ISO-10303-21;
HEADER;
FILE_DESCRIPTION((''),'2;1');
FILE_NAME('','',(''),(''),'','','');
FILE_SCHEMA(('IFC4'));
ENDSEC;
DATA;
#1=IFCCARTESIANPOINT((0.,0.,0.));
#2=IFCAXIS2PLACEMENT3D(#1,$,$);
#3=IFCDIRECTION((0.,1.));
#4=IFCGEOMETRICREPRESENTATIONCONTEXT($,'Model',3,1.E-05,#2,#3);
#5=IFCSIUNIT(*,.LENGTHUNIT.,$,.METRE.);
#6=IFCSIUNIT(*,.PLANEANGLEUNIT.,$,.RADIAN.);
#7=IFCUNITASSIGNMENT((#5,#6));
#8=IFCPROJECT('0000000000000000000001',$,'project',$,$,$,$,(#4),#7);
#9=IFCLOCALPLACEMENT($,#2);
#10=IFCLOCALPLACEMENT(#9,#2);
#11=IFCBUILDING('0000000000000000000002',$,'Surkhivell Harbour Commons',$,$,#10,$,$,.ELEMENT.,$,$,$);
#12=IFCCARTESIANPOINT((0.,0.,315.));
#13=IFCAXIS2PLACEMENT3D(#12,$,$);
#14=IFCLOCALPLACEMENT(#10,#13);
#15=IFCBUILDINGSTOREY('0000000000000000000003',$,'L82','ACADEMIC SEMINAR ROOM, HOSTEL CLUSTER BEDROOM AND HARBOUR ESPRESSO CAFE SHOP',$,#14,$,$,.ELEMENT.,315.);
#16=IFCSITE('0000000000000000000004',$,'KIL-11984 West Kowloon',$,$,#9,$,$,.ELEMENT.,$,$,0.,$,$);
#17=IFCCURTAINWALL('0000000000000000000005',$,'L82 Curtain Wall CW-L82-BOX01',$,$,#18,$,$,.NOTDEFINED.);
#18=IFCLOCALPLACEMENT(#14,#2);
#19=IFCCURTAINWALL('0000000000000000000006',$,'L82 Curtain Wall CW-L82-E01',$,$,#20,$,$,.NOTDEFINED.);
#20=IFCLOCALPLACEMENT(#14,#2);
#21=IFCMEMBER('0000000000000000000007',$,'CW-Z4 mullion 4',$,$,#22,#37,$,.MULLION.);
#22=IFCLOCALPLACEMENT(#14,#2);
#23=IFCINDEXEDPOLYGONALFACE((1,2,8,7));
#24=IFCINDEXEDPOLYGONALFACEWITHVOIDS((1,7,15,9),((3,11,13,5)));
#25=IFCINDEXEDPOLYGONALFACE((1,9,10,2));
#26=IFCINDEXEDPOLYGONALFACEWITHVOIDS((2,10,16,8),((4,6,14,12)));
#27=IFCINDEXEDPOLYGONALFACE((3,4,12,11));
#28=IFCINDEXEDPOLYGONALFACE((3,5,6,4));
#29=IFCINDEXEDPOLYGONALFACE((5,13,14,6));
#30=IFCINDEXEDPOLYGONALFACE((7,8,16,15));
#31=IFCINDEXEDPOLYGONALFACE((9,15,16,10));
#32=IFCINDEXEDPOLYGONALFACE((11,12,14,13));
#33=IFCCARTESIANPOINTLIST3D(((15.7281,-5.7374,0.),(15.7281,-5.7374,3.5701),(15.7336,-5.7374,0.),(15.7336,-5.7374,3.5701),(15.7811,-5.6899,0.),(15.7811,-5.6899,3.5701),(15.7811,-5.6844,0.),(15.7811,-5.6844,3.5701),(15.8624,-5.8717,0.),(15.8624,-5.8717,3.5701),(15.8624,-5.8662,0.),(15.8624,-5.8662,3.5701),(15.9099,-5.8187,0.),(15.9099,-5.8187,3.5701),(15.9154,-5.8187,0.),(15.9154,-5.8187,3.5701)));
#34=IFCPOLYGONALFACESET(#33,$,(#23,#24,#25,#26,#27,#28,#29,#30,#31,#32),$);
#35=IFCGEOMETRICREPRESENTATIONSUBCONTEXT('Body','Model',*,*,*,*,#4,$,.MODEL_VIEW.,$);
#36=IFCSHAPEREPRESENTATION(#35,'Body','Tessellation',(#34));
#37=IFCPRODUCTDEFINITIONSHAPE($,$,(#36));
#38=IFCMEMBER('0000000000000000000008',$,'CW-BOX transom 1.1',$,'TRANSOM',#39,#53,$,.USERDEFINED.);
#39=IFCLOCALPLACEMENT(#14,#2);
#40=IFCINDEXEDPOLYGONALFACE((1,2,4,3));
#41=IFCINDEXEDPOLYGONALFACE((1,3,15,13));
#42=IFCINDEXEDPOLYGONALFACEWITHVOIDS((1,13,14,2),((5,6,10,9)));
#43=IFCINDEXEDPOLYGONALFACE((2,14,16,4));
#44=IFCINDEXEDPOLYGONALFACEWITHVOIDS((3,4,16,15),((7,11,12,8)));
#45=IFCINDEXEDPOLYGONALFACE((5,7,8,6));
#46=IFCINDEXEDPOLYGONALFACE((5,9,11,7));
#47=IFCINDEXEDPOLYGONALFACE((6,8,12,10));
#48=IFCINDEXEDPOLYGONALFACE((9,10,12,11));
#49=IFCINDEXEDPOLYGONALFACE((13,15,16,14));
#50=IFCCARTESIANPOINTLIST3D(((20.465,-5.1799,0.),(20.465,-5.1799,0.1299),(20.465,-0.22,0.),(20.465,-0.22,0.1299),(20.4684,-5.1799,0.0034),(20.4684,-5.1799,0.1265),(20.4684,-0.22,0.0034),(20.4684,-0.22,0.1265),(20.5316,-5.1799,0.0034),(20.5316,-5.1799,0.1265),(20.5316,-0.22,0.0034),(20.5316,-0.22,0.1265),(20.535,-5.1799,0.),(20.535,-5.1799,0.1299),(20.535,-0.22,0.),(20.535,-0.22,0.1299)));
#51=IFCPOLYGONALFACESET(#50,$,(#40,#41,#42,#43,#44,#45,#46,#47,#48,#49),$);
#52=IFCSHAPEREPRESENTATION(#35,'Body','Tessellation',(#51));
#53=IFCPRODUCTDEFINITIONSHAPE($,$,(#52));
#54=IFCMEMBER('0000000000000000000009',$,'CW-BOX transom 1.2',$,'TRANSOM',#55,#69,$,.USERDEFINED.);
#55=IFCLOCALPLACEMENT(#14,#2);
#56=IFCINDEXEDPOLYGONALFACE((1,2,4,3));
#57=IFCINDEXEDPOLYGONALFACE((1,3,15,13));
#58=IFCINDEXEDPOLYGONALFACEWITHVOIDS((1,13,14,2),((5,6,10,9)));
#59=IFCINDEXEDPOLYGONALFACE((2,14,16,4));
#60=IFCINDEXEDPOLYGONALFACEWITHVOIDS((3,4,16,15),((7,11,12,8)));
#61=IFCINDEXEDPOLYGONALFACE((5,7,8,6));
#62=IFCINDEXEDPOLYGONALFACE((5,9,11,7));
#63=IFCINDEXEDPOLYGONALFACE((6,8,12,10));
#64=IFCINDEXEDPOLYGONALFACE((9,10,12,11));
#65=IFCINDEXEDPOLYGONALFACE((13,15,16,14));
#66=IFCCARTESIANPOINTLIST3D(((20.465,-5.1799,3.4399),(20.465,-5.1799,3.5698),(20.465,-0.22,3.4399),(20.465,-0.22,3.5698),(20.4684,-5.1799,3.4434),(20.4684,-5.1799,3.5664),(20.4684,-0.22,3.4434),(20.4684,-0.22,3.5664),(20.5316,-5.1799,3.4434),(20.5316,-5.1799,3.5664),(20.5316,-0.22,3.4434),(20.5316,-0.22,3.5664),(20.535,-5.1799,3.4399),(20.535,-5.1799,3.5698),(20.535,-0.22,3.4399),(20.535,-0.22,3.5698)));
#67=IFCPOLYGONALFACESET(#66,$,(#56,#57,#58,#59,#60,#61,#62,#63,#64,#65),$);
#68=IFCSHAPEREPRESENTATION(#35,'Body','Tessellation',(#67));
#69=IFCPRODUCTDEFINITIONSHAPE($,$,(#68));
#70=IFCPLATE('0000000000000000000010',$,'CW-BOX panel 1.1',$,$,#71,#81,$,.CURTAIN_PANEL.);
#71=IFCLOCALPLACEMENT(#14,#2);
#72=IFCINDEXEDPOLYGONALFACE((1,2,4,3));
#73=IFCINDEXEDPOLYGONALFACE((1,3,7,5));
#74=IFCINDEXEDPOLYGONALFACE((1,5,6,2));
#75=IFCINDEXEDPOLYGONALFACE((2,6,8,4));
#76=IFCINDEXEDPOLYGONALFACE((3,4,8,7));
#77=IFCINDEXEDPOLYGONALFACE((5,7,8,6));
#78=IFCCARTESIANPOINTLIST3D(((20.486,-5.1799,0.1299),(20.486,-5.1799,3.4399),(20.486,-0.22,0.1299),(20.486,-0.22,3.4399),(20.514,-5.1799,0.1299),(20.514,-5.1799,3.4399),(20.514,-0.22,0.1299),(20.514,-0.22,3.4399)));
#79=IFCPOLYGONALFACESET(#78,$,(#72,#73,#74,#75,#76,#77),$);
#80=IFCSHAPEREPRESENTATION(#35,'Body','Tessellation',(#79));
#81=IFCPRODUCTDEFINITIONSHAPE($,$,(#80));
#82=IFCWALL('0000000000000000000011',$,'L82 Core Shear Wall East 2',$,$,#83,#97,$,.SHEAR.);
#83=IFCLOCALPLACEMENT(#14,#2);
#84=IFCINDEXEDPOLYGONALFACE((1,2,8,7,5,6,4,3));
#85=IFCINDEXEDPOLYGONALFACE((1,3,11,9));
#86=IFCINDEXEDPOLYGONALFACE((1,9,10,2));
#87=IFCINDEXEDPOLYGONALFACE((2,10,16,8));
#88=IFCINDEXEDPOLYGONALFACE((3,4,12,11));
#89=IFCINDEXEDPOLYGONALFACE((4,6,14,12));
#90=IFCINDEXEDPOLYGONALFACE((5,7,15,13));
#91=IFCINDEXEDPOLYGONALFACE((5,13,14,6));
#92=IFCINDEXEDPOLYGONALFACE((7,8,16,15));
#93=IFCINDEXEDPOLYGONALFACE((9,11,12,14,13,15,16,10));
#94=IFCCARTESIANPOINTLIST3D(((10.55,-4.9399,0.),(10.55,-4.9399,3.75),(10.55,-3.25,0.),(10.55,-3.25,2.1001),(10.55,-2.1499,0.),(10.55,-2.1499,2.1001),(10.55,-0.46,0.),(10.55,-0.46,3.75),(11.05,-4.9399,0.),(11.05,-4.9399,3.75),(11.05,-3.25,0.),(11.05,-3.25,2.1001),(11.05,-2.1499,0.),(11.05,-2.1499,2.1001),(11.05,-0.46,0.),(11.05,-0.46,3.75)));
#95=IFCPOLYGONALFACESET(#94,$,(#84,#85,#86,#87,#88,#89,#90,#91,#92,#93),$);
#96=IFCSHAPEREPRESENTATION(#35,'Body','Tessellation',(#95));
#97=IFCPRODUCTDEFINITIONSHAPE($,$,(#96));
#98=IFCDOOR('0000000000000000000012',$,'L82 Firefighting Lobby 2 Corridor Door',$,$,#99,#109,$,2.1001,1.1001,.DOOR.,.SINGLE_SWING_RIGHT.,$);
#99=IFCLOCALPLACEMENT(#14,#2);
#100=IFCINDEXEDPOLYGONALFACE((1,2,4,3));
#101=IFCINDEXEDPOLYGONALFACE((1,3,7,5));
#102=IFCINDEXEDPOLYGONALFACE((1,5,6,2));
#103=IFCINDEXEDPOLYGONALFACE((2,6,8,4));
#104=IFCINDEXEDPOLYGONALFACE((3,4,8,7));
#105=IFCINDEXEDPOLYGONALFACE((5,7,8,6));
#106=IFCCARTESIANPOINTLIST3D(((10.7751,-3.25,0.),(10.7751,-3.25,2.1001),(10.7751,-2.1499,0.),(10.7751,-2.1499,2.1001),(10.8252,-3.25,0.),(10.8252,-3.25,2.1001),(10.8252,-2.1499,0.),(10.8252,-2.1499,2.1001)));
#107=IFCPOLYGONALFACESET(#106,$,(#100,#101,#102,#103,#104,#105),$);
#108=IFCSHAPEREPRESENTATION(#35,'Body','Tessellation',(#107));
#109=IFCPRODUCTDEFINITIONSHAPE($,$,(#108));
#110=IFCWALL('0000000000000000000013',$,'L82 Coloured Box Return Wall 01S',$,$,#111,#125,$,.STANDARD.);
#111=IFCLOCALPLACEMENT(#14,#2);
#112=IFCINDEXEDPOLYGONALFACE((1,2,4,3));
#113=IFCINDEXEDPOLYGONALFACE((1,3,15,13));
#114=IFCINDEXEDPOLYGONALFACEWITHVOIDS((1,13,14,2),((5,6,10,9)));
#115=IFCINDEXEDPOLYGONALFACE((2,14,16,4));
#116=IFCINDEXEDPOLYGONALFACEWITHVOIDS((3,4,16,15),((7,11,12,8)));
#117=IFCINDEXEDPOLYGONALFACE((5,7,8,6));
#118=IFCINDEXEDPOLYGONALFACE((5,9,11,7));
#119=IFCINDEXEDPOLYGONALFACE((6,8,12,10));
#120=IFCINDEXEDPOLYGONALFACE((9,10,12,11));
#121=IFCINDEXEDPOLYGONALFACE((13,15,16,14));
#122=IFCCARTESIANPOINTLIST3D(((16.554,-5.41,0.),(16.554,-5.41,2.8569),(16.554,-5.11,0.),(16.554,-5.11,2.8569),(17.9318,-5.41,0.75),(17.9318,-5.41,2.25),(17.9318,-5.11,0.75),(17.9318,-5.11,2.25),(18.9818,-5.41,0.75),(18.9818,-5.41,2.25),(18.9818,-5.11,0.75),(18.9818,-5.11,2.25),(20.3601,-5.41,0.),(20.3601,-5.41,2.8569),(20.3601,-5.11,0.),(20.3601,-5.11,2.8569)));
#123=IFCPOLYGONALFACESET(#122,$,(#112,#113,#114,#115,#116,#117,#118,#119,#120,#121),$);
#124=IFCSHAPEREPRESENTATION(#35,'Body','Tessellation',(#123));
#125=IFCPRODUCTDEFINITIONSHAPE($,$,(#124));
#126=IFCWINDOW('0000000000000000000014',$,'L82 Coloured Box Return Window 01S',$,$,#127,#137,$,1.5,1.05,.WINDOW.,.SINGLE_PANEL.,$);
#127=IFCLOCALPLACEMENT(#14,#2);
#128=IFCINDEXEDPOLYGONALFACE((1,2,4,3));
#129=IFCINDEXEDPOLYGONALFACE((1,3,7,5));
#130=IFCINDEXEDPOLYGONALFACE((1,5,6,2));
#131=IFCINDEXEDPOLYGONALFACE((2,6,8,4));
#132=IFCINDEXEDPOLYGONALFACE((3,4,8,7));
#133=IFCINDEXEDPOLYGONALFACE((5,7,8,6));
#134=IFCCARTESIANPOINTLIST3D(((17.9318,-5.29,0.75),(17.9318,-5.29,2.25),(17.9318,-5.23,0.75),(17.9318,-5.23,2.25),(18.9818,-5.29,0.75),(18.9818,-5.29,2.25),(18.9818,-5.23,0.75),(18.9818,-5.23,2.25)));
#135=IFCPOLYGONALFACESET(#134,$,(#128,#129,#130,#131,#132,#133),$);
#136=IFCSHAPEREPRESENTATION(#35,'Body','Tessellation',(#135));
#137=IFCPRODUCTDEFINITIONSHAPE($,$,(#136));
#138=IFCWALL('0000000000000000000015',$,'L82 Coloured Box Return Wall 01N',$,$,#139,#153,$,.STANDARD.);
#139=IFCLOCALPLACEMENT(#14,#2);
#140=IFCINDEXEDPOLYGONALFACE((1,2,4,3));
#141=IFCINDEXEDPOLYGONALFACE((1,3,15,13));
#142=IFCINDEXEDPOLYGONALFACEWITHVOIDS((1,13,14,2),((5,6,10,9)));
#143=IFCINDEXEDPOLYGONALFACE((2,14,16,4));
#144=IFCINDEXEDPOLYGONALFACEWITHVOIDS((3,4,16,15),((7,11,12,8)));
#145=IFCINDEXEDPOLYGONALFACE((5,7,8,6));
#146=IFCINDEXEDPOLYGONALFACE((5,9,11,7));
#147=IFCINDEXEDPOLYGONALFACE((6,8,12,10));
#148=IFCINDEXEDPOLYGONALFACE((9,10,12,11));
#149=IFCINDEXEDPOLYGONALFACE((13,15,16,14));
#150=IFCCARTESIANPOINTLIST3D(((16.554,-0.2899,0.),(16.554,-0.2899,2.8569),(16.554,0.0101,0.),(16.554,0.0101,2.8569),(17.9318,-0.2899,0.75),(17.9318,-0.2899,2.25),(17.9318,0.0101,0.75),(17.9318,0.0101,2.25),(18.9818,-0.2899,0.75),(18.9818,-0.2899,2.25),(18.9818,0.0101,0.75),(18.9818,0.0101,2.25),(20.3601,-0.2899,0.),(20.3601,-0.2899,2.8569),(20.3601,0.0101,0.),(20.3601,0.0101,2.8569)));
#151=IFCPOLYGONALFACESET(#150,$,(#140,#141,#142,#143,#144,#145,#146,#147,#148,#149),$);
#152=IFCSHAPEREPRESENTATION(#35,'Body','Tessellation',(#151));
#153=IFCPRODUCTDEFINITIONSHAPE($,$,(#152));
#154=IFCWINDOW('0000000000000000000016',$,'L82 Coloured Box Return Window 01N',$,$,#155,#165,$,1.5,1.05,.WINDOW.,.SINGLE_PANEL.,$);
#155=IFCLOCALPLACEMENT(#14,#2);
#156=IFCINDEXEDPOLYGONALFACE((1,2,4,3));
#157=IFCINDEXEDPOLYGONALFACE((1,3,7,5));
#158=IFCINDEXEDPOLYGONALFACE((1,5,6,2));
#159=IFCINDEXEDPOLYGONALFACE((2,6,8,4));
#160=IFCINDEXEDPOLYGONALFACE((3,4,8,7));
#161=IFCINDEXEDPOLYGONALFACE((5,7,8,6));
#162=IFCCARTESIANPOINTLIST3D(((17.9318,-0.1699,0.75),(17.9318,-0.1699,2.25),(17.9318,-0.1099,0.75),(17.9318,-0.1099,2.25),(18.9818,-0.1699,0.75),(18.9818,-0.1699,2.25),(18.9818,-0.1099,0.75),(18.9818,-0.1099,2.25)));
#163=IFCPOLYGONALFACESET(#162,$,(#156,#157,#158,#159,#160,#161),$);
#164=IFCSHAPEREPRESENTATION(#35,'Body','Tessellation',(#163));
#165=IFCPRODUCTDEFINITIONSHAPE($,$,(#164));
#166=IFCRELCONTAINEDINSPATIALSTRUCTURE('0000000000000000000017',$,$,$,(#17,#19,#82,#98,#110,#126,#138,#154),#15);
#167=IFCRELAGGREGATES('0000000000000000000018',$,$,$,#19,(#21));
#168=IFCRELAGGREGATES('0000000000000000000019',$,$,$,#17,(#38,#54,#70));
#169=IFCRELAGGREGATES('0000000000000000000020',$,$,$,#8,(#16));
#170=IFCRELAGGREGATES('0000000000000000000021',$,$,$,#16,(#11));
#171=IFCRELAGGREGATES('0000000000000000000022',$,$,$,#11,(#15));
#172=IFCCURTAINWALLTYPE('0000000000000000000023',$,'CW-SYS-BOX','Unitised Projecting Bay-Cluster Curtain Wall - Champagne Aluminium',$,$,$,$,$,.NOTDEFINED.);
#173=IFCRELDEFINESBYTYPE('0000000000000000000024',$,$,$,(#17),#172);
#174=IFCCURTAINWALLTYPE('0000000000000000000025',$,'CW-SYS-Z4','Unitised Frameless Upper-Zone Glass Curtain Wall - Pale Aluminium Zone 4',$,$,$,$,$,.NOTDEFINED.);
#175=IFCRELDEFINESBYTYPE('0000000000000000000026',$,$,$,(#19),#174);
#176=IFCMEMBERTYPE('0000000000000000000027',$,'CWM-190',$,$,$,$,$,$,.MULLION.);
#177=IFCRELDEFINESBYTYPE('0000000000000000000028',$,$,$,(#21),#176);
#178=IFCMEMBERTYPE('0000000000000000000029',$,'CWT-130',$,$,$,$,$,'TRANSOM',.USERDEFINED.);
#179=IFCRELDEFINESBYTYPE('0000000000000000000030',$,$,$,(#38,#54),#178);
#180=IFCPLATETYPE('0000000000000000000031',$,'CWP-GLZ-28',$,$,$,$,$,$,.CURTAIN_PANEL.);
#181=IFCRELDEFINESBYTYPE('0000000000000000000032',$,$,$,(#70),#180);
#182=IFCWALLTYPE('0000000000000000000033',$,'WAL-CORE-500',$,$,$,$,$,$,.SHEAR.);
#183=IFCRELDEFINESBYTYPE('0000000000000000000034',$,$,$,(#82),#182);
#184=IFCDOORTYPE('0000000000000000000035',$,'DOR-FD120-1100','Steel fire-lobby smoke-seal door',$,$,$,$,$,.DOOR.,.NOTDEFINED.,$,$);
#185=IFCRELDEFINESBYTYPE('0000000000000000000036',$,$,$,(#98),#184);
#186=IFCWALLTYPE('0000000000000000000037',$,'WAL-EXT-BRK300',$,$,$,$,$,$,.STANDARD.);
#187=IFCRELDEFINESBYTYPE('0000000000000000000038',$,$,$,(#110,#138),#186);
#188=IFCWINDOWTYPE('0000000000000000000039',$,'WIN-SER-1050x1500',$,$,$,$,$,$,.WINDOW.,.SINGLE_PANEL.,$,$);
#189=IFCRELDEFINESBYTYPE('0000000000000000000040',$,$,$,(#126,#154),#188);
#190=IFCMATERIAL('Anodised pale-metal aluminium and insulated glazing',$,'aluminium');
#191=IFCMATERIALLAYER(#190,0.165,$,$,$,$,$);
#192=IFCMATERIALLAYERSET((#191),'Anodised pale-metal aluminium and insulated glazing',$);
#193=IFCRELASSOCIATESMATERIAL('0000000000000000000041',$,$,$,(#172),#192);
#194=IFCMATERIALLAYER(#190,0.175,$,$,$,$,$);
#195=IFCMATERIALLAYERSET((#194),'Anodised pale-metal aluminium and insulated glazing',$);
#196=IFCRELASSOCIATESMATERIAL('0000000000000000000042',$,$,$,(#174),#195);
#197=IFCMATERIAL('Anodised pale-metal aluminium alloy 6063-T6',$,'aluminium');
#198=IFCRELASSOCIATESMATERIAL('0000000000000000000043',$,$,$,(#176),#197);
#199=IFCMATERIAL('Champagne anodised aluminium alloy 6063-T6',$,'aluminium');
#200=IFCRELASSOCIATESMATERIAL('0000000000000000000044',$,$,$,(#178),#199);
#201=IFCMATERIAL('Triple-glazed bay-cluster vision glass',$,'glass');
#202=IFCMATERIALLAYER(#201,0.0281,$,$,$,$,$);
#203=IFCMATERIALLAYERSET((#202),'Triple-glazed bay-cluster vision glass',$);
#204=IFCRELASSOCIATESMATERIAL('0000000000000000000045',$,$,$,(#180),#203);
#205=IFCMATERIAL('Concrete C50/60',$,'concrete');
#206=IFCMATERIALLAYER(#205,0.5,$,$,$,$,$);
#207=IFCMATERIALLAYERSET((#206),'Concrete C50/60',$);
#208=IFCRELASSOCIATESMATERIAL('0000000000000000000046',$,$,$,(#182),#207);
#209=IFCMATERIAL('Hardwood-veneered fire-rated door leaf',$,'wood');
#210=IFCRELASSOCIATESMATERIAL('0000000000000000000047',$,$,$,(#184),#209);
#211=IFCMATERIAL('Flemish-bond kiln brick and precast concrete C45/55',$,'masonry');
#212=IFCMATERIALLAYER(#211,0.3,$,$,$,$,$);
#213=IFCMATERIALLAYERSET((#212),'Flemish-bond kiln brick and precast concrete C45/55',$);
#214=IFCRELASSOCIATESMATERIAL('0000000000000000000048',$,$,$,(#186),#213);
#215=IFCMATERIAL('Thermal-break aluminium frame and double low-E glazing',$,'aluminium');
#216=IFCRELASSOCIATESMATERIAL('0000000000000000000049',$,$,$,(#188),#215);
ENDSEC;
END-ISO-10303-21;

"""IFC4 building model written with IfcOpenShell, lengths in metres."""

from ifc_helpers import new_model, si_unit, direction, frame, frame_2d, origin, origin_2d, place, context, subcontext, project, spatial, rectangle, hollow_rectangle, extrude, material, layer, layer_set, material_profile, profile_set, type_object, element, fill, aggregate, save


model = new_model("IFC4")

# Units and contexts
model_context = context("Model", 3, precision=1e-05, world=origin(), true_north=direction((0.0, 1.0)))
body_context = subcontext(model_context, "Body", "Model", "MODEL_VIEW")
ifc_project = project(units=[si_unit("LENGTHUNIT", "METRE"), si_unit("PLANEANGLEUNIT", "RADIAN")], contexts=[model_context])

# Site, building, storey
site_placement = place(None, origin())
site = spatial("IfcSite", under=ifc_project, at=site_placement, Name="KIL-11984 West Kowloon", CompositionType="ELEMENT", RefElevation=0.0)
building_placement = place(site_placement, origin())
building = spatial("IfcBuilding", under=site, at=building_placement, Name="Surkhivell Harbour Commons", CompositionType="ELEMENT")
storey_placement = place(building_placement, frame((0.0, 0.0, 315.0)))
storey = spatial("IfcBuildingStorey", under=building, at=storey_placement, Name="L82", Description="ACADEMIC SEMINAR ROOM, HOSTEL CLUSTER BEDROOM AND HARBOUR ESPRESSO CAFE SHOP", CompositionType="ELEMENT", Elevation=315.0)

# Shared definitions
ifc_material_1 = material(Name="Concrete C50/60", Category="concrete")

# Curtain wall
ifc_material_2 = material(Name="Anodised pale-metal aluminium and insulated glazing", Category="aluminium")
ifc_layer_1 = layer(ifc_material_2, 0.165)
ifc_layer_set_1 = layer_set([ifc_layer_1], Name="Anodised pale-metal aluminium and insulated glazing")
curtain_wall_type_1 = type_object("IfcCurtainWallType", Name="CW-SYS-BOX", Description="Unitised Projecting Bay-Cluster Curtain Wall - Champagne Aluminium", PredefinedType="NOTDEFINED", material=ifc_layer_set_1)
curtain_wall_1_placement = place(storey_placement, origin())
curtain_wall_1 = element("IfcCurtainWall", 1, at=curtain_wall_1_placement, inside=storey, type_object=curtain_wall_type_1, Name="L82 Curtain Wall CW-L82-BOX01", PredefinedType="NOTDEFINED")
ifc_material_3 = material(Name="Champagne anodised aluminium alloy 6063-T6", Category="aluminium")

# Curtain wall, member
ifc_layer_2 = layer(ifc_material_2, 0.175)
ifc_layer_set_2 = layer_set([ifc_layer_2], Name="Anodised pale-metal aluminium and insulated glazing")
curtain_wall_type_2 = type_object("IfcCurtainWallType", Name="CW-SYS-Z4", Description="Unitised Frameless Upper-Zone Glass Curtain Wall - Pale Aluminium Zone 4", PredefinedType="NOTDEFINED", material=ifc_layer_set_2)
curtain_wall_2_placement = place(storey_placement, origin())
curtain_wall_2 = element("IfcCurtainWall", 2, at=curtain_wall_2_placement, inside=storey, type_object=curtain_wall_type_2, Name="L82 Curtain Wall CW-L82-E01", PredefinedType="NOTDEFINED")
ifc_material_4 = material(Name="Anodised pale-metal aluminium alloy 6063-T6", Category="aluminium")
ifc_material_profile_1 = material_profile(ifc_material_4, hollow_rectangle(XDim=0.075, YDim=0.1899, WallThickness=0.0039, at=origin_2d()), Name="ALU-MULL-75x190")
ifc_profile_set_1 = profile_set([ifc_material_profile_1], Name="Anodised pale-metal aluminium alloy 6063-T6")
member_type_1 = type_object("IfcMemberType", Name="CWM-190", PredefinedType="MULLION", material=ifc_profile_set_1)
member_1_placement = place(storey_placement, frame((15.8218, -5.7781, 0.0), z_axis=(0.0, 0.0, 1.0), x_axis=(0.707107, 0.707107, 0.0)))
member_1 = element("IfcMember", 3, at=member_1_placement, type_object=member_type_1, Name="CW-Z4 mullion 4", PredefinedType="MULLION", context=body_context, shape_type="SweptSolid", body=[
    extrude(hollow_rectangle(XDim=0.075, YDim=0.1899, WallThickness=0.0039, at=origin_2d()), origin(), (0.0, 0.0, 1.0), 3.5701),
])
aggregate(curtain_wall_2, [member_1])

# Members
ifc_material_profile_2 = material_profile(ifc_material_3, hollow_rectangle(XDim=0.0701, YDim=0.1299, WallThickness=0.0034, at=origin_2d()), Name="ALU-TRAN-70x130")
ifc_profile_set_2 = profile_set([ifc_material_profile_2], Name="Champagne anodised aluminium alloy 6063-T6")
member_type_2 = type_object("IfcMemberType", Name="CWT-130", ElementType="TRANSOM", PredefinedType="USERDEFINED", material=ifc_profile_set_2)
member_2_placement = place(storey_placement, frame((20.5, -5.1799, 0.0649), z_axis=(0.0, 1.0, 0.0), x_axis=(-1.0, 0.0, 0.0)))
member_2 = element("IfcMember", 4, at=member_2_placement, type_object=member_type_2, Name="CW-BOX transom 1.1", ObjectType="TRANSOM", PredefinedType="USERDEFINED", context=body_context, shape_type="SweptSolid", body=[
    extrude(hollow_rectangle(XDim=0.0701, YDim=0.1299, WallThickness=0.0034, at=origin_2d()), origin(), (0.0, 0.0, 1.0), 4.96),
])
member_3_placement = place(storey_placement, frame((20.5, -5.1799, 3.5049), z_axis=(0.0, 1.0, 0.0), x_axis=(-1.0, 0.0, 0.0)))
member_3 = element("IfcMember", 5, at=member_3_placement, type_object=member_type_2, Name="CW-BOX transom 1.2", ObjectType="TRANSOM", PredefinedType="USERDEFINED", context=body_context, shape_type="SweptSolid", body=[
    extrude(hollow_rectangle(XDim=0.0701, YDim=0.1299, WallThickness=0.0034, at=origin_2d()), origin(), (0.0, 0.0, 1.0), 4.96),
])

# Plate
ifc_material_5 = material(Name="Triple-glazed bay-cluster vision glass", Category="glass")
ifc_layer_3 = layer(ifc_material_5, 0.0281)
ifc_layer_set_3 = layer_set([ifc_layer_3], Name="Triple-glazed bay-cluster vision glass")
plate_type = type_object("IfcPlateType", Name="CWP-GLZ-28", PredefinedType="CURTAIN_PANEL", material=ifc_layer_set_3)
plate_placement = place(storey_placement, frame((20.5, -5.1799, 0.1299), z_axis=(0.0, 0.0, 1.0), x_axis=(0.0, 1.0, 0.0)))
plate = element("IfcPlate", 6, at=plate_placement, type_object=plate_type, Name="CW-BOX panel 1.1", PredefinedType="CURTAIN_PANEL", context=body_context, shape_type="SweptSolid", body=[
    extrude(rectangle(XDim=4.96, YDim=0.0281, at=frame_2d((2.48, 0.0))), origin(), (0.0, 0.0, 1.0), 3.3101),
])
aggregate(curtain_wall_1, [member_2, member_3, plate])

# Wall, opening, door
ifc_layer_4 = layer(ifc_material_1, 0.5)
ifc_layer_set_4 = layer_set([ifc_layer_4], Name="Concrete C50/60")
wall_type_1 = type_object("IfcWallType", Name="WAL-CORE-500", PredefinedType="SHEAR", material=ifc_layer_set_4)
wall_1_placement = place(storey_placement, frame((10.8, -4.9399, 0.0), z_axis=(0.0, 0.0, 1.0), x_axis=(0.0, 1.0, 0.0)))
wall_1 = element("IfcWall", 7, at=wall_1_placement, inside=storey, type_object=wall_type_1, Name="L82 Core Shear Wall East 2", PredefinedType="SHEAR", context=body_context, shape_type="SweptSolid", body=[
    extrude(rectangle(XDim=4.48, YDim=0.5, at=frame_2d((2.24, 0.0))), origin(), (0.0, 0.0, 1.0), 3.75),
])
opening_1_placement = place(wall_1_placement, frame((1.6899, 0.0, 0.0)))
opening_1 = element("IfcOpeningElement", 8, at=opening_1_placement, cuts=wall_1, PredefinedType="OPENING", context=body_context, shape_type="SweptSolid", body=[
    extrude(rectangle(XDim=1.1001, YDim=2.1001, at=frame_2d((0.55, 1.05))), frame((0.0, 0.26, 0.0), z_axis=(0.0, -1.0, 0.0), x_axis=(1.0, 0.0, 0.0)), (0.0, 0.0, 1.0), 0.52),
])
ifc_material_6 = material(Name="Hardwood-veneered fire-rated door leaf", Category="wood")
door_type_1 = type_object("IfcDoorType", Name="DOR-FD120-1100", Description="Steel fire-lobby smoke-seal door", OperationType="NOTDEFINED", PredefinedType="DOOR", material=ifc_material_6)
door_1_placement = place(opening_1_placement, origin())
door_1 = element("IfcDoor", 9, at=door_1_placement, inside=storey, type_object=door_type_1, Name="L82 Firefighting Lobby 2 Corridor Door", OperationType="SINGLE_SWING_RIGHT", OverallHeight=2.1001, OverallWidth=1.1001, PredefinedType="DOOR", context=body_context, shape_type="SweptSolid", body=[
    extrude(rectangle(XDim=1.1001, YDim=2.1001, at=frame_2d((0.55, 1.05))), frame((0.0, 0.0249, 0.0), z_axis=(0.0, -1.0, 0.0), x_axis=(1.0, 0.0, 0.0)), (0.0, 0.0, 1.0), 0.05),
])
fill(opening_1, door_1)

# Walls, openings, windows
ifc_material_7 = material(Name="Flemish-bond kiln brick and precast concrete C45/55", Category="masonry")
ifc_layer_5 = layer(ifc_material_7, 0.3)
ifc_layer_set_5 = layer_set([ifc_layer_5], Name="Flemish-bond kiln brick and precast concrete C45/55")
wall_type_2 = type_object("IfcWallType", Name="WAL-EXT-BRK300", PredefinedType="STANDARD", material=ifc_layer_set_5)
wall_2_placement = place(storey_placement, frame((16.554, -5.26, 0.0), z_axis=(0.0, 0.0, 1.0), x_axis=(1.0, 0.0, 0.0)))
wall_2 = element("IfcWall", 10, at=wall_2_placement, inside=storey, type_object=wall_type_2, Name="L82 Coloured Box Return Wall 01S", PredefinedType="STANDARD", context=body_context, shape_type="SweptSolid", body=[
    extrude(rectangle(XDim=3.8062, YDim=0.3, at=frame_2d((1.9031, 0.0))), origin(), (0.0, 0.0, 1.0), 2.8569),
])
opening_2_placement = place(wall_2_placement, frame((1.3779, 0.0, 0.75)))
opening_2 = element("IfcOpeningElement", 11, at=opening_2_placement, cuts=wall_2, PredefinedType="OPENING", context=body_context, shape_type="SweptSolid", body=[
    extrude(rectangle(XDim=1.05, YDim=1.5, at=frame_2d((0.5249, 0.75))), frame((0.0, 0.1599, 0.0), z_axis=(0.0, -1.0, 0.0), x_axis=(1.0, 0.0, 0.0)), (0.0, 0.0, 1.0), 0.3201),
])
ifc_material_8 = material(Name="Thermal-break aluminium frame and double low-E glazing", Category="aluminium")
window_type = type_object("IfcWindowType", Name="WIN-SER-1050x1500", PartitioningType="SINGLE_PANEL", PredefinedType="WINDOW", material=ifc_material_8)
window_1_placement = place(opening_2_placement, origin())
window_1 = element("IfcWindow", 12, at=window_1_placement, inside=storey, type_object=window_type, Name="L82 Coloured Box Return Window 01S", OverallHeight=1.5, OverallWidth=1.05, PartitioningType="SINGLE_PANEL", PredefinedType="WINDOW", context=body_context, shape_type="SweptSolid", body=[
    extrude(rectangle(XDim=1.05, YDim=1.5, at=frame_2d((0.5249, 0.75))), frame((0.0, 0.03, 0.0), z_axis=(0.0, -1.0, 0.0), x_axis=(1.0, 0.0, 0.0)), (0.0, 0.0, 1.0), 0.0601),
])
fill(opening_2, window_1)
wall_3_placement = place(storey_placement, frame((16.554, -0.1399, 0.0), z_axis=(0.0, 0.0, 1.0), x_axis=(1.0, 0.0, 0.0)))
wall_3 = element("IfcWall", 13, at=wall_3_placement, inside=storey, type_object=wall_type_2, Name="L82 Coloured Box Return Wall 01N", PredefinedType="STANDARD", context=body_context, shape_type="SweptSolid", body=[
    extrude(rectangle(XDim=3.8062, YDim=0.3, at=frame_2d((1.9031, 0.0))), origin(), (0.0, 0.0, 1.0), 2.8569),
])
opening_3_placement = place(wall_3_placement, frame((1.3779, 0.0, 0.75)))
opening_3 = element("IfcOpeningElement", 14, at=opening_3_placement, cuts=wall_3, PredefinedType="OPENING", context=body_context, shape_type="SweptSolid", body=[
    extrude(rectangle(XDim=1.05, YDim=1.5, at=frame_2d((0.5249, 0.75))), frame((0.0, 0.1599, 0.0), z_axis=(0.0, -1.0, 0.0), x_axis=(1.0, 0.0, 0.0)), (0.0, 0.0, 1.0), 0.3201),
])
window_2_placement = place(opening_3_placement, origin())
window_2 = element("IfcWindow", 15, at=window_2_placement, inside=storey, type_object=window_type, Name="L82 Coloured Box Return Window 01N", OverallHeight=1.5, OverallWidth=1.05, PartitioningType="SINGLE_PANEL", PredefinedType="WINDOW", context=body_context, shape_type="SweptSolid", body=[
    extrude(rectangle(XDim=1.05, YDim=1.5, at=frame_2d((0.5249, 0.75))), frame((0.0, 0.03, 0.0), z_axis=(0.0, -1.0, 0.0), x_axis=(1.0, 0.0, 0.0)), (0.0, 0.0, 1.0), 0.0601),
])
fill(opening_3, window_2)

save(model, "model.ifc")
